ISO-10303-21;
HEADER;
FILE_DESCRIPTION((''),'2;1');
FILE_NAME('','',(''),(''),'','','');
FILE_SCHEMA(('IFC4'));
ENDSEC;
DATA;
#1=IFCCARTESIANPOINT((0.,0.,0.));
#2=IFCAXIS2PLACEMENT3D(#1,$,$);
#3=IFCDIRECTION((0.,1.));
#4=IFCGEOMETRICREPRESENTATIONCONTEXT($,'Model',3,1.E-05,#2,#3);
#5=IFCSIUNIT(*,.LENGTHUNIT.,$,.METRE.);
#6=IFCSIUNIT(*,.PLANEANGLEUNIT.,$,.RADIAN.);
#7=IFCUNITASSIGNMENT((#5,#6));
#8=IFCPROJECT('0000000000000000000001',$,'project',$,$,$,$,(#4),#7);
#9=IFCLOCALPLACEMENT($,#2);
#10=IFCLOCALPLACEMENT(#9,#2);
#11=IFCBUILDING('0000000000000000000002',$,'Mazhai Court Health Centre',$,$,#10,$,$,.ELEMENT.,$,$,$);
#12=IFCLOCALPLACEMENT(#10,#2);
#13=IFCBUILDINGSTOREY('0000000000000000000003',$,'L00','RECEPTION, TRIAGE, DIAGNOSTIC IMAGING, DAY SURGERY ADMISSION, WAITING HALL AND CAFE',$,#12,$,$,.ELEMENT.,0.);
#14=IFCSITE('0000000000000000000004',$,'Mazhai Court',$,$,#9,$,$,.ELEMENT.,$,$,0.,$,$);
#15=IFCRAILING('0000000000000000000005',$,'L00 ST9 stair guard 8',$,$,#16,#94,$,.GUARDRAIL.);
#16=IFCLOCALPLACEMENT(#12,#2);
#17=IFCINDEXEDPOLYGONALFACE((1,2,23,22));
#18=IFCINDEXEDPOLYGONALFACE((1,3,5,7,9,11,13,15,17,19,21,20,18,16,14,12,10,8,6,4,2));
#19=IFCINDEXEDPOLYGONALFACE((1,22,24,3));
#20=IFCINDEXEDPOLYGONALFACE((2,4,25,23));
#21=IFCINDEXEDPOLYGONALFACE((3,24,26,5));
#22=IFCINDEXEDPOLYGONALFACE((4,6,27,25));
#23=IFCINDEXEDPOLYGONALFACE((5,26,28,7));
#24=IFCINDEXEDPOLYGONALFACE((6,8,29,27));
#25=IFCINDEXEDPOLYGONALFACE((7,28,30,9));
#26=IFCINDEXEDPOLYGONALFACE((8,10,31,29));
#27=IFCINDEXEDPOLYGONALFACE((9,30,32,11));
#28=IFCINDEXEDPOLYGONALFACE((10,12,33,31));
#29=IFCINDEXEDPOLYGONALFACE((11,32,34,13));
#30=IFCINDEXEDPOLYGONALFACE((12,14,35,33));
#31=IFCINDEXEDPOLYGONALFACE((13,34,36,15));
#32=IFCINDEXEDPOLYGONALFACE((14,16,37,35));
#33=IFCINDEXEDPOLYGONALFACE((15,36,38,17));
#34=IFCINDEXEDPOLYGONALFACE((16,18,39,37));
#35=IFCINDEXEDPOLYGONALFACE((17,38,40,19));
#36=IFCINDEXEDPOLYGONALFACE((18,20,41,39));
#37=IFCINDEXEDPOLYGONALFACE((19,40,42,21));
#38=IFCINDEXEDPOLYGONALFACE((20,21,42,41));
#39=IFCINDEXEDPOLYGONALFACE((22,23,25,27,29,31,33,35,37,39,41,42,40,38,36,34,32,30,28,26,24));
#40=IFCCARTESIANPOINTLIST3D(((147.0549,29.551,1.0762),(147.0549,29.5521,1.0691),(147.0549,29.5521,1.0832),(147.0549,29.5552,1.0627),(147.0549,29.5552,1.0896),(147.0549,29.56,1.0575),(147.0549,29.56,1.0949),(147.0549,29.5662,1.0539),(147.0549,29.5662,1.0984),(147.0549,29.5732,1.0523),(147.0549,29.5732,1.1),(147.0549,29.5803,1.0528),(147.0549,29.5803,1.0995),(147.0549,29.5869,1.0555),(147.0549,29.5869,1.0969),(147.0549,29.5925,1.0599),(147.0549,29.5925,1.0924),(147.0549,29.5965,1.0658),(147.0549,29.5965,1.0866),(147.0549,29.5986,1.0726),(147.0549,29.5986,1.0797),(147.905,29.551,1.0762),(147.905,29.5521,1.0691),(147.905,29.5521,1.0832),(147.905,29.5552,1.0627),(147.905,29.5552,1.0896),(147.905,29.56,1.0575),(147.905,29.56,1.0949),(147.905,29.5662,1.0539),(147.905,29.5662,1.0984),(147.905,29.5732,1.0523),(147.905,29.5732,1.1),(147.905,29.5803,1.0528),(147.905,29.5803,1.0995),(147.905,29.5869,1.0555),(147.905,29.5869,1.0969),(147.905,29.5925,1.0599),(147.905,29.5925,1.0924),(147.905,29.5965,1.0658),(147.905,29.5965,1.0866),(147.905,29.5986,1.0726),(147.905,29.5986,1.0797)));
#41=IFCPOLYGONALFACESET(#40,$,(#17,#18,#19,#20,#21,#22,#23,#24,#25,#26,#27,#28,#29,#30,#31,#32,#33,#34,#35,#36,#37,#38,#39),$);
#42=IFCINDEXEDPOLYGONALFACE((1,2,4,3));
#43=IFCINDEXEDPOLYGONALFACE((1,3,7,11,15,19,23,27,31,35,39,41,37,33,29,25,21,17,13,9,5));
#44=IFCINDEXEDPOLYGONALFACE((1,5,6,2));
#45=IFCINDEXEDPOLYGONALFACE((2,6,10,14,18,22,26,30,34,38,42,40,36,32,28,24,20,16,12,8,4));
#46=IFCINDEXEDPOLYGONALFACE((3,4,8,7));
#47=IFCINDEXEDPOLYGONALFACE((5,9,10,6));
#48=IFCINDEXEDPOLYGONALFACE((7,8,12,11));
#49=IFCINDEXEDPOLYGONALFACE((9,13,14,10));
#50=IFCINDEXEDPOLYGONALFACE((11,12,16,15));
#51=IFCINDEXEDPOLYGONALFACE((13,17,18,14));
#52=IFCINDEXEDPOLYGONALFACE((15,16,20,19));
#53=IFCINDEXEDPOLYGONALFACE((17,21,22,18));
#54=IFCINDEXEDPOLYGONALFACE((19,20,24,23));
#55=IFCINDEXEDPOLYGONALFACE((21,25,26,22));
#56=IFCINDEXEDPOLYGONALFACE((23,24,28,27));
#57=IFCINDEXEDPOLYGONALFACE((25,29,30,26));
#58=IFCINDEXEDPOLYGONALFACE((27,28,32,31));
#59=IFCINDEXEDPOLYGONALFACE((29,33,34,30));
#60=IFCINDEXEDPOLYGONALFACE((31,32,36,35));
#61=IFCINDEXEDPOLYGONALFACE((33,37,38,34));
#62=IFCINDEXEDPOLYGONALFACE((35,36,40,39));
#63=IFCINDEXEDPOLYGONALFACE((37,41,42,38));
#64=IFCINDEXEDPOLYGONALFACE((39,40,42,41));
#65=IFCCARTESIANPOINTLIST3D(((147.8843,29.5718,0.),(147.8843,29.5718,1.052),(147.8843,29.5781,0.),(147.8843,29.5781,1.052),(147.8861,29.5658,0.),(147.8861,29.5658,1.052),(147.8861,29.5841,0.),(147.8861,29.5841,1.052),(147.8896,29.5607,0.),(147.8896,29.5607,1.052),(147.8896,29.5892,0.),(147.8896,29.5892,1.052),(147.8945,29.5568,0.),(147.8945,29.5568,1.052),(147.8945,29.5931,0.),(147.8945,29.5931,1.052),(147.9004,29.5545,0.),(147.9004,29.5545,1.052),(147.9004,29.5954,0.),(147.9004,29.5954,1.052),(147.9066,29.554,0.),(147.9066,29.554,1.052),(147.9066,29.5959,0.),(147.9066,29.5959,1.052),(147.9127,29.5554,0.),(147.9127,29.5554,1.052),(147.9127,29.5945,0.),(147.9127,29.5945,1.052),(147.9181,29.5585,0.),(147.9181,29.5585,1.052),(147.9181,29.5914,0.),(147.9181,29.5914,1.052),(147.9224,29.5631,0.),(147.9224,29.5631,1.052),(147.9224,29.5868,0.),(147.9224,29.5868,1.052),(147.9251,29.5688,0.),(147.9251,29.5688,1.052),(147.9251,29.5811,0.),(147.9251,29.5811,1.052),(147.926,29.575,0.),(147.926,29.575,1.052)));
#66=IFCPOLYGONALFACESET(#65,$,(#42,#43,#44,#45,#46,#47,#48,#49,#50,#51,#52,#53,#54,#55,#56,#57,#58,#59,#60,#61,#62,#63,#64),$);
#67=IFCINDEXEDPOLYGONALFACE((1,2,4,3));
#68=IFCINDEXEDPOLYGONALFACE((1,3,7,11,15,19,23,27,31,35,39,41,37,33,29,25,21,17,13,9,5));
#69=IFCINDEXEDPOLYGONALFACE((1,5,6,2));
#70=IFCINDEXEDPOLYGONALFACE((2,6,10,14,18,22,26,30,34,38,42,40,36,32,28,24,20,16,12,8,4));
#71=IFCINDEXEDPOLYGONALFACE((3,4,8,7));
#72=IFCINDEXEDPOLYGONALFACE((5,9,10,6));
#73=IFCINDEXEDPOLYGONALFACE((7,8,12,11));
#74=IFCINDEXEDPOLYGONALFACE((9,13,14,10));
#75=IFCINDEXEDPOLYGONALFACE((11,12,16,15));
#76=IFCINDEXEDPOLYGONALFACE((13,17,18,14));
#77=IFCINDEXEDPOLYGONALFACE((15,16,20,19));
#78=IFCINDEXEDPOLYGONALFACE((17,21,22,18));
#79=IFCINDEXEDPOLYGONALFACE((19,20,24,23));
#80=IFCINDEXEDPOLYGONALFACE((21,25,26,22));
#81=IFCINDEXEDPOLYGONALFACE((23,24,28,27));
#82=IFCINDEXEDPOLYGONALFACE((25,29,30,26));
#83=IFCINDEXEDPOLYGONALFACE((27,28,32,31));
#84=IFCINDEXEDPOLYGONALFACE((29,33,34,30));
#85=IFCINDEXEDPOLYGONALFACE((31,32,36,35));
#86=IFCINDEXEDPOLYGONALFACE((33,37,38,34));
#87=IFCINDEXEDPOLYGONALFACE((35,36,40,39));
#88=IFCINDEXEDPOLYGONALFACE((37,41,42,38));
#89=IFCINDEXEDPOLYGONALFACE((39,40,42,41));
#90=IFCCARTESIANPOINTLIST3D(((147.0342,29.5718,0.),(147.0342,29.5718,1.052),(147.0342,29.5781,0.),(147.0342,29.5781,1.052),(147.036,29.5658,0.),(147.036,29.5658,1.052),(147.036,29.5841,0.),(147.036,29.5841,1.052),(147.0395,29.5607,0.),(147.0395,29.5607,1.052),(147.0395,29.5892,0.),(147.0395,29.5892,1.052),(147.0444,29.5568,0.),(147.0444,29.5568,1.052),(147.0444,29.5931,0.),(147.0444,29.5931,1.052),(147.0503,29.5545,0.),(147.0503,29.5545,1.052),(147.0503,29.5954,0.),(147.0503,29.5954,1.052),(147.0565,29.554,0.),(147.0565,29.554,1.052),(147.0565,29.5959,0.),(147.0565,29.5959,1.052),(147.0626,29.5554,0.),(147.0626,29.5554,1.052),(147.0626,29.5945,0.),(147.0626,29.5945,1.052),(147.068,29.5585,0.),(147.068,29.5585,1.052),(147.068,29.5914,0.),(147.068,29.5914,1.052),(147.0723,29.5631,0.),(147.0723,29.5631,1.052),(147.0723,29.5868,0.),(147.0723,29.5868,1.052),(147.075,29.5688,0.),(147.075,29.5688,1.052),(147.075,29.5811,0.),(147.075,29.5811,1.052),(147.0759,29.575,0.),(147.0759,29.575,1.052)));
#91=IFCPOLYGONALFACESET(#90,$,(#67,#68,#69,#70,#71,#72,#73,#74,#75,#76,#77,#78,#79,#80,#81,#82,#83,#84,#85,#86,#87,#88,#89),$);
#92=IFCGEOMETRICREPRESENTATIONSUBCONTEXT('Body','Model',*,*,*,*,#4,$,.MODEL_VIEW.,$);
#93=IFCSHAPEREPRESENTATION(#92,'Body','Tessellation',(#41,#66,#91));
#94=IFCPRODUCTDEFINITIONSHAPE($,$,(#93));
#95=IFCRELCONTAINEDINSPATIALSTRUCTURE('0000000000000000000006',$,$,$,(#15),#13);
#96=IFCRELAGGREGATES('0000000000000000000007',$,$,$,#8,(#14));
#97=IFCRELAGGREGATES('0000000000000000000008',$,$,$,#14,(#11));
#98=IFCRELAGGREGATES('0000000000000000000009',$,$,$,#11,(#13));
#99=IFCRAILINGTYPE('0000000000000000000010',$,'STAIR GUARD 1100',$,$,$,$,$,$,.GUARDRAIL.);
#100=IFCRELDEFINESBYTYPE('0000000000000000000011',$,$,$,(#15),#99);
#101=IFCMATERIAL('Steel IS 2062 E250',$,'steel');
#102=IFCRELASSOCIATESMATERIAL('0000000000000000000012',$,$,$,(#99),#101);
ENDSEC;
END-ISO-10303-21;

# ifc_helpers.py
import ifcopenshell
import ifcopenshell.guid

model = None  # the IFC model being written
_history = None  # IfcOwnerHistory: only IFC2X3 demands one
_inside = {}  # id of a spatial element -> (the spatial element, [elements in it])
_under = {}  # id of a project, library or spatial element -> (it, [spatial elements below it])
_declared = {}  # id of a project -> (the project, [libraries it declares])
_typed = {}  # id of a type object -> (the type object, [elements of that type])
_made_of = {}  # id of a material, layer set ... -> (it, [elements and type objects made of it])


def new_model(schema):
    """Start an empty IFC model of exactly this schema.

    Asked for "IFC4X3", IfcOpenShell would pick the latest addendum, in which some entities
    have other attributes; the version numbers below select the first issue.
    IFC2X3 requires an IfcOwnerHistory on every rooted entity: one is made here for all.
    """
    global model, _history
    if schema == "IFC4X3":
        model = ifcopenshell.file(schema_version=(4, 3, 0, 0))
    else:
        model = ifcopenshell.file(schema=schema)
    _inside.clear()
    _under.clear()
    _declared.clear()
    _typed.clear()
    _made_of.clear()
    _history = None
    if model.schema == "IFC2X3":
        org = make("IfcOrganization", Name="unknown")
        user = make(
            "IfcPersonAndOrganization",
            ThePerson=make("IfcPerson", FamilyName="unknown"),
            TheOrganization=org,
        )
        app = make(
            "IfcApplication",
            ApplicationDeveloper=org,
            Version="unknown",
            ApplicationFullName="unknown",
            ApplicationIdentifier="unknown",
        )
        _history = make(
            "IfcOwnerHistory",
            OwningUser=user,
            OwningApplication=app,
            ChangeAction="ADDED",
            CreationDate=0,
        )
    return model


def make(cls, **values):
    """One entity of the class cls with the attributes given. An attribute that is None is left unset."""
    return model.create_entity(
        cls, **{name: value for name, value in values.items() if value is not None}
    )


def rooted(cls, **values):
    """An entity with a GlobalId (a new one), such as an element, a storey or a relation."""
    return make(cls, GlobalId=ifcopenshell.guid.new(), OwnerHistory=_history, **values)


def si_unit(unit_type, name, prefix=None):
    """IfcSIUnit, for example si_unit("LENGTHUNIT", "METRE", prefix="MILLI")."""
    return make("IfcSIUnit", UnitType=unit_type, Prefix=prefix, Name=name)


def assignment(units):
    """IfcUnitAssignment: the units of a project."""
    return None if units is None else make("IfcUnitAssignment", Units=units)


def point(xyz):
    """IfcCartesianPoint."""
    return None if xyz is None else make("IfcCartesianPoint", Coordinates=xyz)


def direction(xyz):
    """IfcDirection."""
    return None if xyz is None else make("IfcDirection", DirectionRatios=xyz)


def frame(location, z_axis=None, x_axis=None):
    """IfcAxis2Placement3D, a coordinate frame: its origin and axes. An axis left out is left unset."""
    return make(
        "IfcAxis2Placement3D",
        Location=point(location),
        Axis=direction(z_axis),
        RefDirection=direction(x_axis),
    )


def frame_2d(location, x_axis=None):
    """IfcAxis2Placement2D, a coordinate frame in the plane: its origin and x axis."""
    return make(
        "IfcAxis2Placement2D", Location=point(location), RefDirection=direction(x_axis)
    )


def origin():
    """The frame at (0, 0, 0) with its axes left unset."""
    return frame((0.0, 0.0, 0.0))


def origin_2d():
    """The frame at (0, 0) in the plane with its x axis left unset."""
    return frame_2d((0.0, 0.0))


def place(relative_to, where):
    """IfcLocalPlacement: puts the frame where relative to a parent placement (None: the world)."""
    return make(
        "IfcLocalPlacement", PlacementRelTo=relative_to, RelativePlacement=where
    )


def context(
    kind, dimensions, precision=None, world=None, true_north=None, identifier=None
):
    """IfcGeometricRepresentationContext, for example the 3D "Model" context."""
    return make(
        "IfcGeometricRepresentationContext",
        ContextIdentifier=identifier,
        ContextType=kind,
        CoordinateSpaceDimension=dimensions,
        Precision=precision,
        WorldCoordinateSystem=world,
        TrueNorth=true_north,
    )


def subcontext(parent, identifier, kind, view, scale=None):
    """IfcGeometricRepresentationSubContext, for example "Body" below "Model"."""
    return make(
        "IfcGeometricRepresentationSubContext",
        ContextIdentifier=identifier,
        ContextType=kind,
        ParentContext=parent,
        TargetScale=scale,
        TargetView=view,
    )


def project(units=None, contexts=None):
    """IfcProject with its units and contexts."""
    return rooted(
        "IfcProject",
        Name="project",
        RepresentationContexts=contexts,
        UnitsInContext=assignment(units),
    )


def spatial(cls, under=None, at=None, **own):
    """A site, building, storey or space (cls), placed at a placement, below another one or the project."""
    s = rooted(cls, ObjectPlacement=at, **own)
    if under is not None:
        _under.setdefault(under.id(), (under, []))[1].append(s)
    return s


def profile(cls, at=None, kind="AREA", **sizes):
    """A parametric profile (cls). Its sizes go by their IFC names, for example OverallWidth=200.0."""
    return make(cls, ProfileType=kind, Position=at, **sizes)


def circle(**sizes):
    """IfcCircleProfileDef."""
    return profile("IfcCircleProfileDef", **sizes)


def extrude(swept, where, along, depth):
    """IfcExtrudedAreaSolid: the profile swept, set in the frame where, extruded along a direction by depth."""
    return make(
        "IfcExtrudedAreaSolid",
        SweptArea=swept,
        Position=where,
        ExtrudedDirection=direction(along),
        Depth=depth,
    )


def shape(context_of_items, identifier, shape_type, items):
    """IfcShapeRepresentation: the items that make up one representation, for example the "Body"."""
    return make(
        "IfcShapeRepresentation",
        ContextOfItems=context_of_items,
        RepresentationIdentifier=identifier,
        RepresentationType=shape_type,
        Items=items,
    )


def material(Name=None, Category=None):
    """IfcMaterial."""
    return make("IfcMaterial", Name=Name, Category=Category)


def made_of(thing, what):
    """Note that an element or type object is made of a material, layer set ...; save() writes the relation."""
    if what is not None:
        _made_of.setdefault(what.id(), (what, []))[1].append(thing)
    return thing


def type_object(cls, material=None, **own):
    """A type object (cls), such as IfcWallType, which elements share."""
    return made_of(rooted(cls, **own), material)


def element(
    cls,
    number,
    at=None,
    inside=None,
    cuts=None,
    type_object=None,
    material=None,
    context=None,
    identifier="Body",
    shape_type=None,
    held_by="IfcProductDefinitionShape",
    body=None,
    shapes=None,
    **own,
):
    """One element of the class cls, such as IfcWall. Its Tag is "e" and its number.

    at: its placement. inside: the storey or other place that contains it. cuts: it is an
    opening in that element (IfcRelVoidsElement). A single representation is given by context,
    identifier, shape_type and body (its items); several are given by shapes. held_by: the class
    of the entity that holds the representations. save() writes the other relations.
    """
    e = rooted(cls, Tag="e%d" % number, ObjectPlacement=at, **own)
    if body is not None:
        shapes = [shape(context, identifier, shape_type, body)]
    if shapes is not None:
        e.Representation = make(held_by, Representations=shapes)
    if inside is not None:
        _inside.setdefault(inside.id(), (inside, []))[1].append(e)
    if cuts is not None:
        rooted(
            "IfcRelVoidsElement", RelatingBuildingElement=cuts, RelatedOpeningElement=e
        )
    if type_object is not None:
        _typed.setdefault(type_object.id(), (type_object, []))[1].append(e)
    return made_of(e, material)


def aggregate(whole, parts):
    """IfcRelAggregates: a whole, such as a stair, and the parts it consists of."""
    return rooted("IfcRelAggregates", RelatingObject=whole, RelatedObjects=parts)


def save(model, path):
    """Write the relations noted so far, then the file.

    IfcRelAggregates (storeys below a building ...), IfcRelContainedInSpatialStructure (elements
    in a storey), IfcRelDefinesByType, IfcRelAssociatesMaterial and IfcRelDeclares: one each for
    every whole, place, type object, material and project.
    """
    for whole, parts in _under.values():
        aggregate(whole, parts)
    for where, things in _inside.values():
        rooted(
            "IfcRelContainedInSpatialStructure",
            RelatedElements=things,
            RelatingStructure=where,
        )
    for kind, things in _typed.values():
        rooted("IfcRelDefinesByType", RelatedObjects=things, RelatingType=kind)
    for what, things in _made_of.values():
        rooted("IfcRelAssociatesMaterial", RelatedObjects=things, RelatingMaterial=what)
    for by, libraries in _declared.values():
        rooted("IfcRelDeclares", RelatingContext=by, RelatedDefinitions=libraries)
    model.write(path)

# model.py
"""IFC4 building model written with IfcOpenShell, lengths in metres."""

from ifc_helpers import new_model, si_unit, direction, frame, origin, origin_2d, place, context, subcontext, project, spatial, circle, extrude, material, type_object, element, save


model = new_model("IFC4")

# Units and contexts
model_context = context("Model", 3, precision=1e-05, world=origin(), true_north=direction((0.0, 1.0)))
body_context = subcontext(model_context, "Body", "Model", "MODEL_VIEW")
ifc_project = project(units=[si_unit("LENGTHUNIT", "METRE"), si_unit("PLANEANGLEUNIT", "RADIAN")], contexts=[model_context])

# Site, building, storey
site_placement = place(None, origin())
site = spatial("IfcSite", under=ifc_project, at=site_placement, Name="Mazhai Court", CompositionType="ELEMENT", RefElevation=0.0)
building_placement = place(site_placement, origin())
building = spatial("IfcBuilding", under=site, at=building_placement, Name="Mazhai Court Health Centre", CompositionType="ELEMENT")
storey_placement = place(building_placement, origin())
storey = spatial("IfcBuildingStorey", under=building, at=storey_placement, Name="L00", Description="RECEPTION, TRIAGE, DIAGNOSTIC IMAGING, DAY SURGERY ADMISSION, WAITING HALL AND CAFE", CompositionType="ELEMENT", Elevation=0.0)

# Railing
ifc_material_1 = material(Name="Steel IS 2062 E250", Category="steel")
railing_type = type_object("IfcRailingType", Name="STAIR GUARD 1100", PredefinedType="GUARDRAIL", material=ifc_material_1)
railing_placement = place(storey_placement, frame((147.905, 29.575, 0.0)))
element("IfcRailing", 1, at=railing_placement, inside=storey, type_object=railing_type, Name="L00 ST9 stair guard 8", PredefinedType="GUARDRAIL", context=body_context, shape_type="SweptSolid", body=[
    extrude(circle(Radius=0.0239, at=origin_2d()), frame((0.0, 0.0, 1.0762), z_axis=(-1.0, 0.0, 0.0), x_axis=(0.0, -1.0, 0.0)), (0.0, 0.0, 1.0), 0.8501),
    extrude(circle(Radius=0.021, at=origin_2d()), origin(), (0.0, 0.0, 1.0), 1.052),
    extrude(circle(Radius=0.021, at=origin_2d()), frame((-0.8501, 0.0, 0.0)), (0.0, 0.0, 1.0), 1.052),
])

save(model, "model.ifc")
